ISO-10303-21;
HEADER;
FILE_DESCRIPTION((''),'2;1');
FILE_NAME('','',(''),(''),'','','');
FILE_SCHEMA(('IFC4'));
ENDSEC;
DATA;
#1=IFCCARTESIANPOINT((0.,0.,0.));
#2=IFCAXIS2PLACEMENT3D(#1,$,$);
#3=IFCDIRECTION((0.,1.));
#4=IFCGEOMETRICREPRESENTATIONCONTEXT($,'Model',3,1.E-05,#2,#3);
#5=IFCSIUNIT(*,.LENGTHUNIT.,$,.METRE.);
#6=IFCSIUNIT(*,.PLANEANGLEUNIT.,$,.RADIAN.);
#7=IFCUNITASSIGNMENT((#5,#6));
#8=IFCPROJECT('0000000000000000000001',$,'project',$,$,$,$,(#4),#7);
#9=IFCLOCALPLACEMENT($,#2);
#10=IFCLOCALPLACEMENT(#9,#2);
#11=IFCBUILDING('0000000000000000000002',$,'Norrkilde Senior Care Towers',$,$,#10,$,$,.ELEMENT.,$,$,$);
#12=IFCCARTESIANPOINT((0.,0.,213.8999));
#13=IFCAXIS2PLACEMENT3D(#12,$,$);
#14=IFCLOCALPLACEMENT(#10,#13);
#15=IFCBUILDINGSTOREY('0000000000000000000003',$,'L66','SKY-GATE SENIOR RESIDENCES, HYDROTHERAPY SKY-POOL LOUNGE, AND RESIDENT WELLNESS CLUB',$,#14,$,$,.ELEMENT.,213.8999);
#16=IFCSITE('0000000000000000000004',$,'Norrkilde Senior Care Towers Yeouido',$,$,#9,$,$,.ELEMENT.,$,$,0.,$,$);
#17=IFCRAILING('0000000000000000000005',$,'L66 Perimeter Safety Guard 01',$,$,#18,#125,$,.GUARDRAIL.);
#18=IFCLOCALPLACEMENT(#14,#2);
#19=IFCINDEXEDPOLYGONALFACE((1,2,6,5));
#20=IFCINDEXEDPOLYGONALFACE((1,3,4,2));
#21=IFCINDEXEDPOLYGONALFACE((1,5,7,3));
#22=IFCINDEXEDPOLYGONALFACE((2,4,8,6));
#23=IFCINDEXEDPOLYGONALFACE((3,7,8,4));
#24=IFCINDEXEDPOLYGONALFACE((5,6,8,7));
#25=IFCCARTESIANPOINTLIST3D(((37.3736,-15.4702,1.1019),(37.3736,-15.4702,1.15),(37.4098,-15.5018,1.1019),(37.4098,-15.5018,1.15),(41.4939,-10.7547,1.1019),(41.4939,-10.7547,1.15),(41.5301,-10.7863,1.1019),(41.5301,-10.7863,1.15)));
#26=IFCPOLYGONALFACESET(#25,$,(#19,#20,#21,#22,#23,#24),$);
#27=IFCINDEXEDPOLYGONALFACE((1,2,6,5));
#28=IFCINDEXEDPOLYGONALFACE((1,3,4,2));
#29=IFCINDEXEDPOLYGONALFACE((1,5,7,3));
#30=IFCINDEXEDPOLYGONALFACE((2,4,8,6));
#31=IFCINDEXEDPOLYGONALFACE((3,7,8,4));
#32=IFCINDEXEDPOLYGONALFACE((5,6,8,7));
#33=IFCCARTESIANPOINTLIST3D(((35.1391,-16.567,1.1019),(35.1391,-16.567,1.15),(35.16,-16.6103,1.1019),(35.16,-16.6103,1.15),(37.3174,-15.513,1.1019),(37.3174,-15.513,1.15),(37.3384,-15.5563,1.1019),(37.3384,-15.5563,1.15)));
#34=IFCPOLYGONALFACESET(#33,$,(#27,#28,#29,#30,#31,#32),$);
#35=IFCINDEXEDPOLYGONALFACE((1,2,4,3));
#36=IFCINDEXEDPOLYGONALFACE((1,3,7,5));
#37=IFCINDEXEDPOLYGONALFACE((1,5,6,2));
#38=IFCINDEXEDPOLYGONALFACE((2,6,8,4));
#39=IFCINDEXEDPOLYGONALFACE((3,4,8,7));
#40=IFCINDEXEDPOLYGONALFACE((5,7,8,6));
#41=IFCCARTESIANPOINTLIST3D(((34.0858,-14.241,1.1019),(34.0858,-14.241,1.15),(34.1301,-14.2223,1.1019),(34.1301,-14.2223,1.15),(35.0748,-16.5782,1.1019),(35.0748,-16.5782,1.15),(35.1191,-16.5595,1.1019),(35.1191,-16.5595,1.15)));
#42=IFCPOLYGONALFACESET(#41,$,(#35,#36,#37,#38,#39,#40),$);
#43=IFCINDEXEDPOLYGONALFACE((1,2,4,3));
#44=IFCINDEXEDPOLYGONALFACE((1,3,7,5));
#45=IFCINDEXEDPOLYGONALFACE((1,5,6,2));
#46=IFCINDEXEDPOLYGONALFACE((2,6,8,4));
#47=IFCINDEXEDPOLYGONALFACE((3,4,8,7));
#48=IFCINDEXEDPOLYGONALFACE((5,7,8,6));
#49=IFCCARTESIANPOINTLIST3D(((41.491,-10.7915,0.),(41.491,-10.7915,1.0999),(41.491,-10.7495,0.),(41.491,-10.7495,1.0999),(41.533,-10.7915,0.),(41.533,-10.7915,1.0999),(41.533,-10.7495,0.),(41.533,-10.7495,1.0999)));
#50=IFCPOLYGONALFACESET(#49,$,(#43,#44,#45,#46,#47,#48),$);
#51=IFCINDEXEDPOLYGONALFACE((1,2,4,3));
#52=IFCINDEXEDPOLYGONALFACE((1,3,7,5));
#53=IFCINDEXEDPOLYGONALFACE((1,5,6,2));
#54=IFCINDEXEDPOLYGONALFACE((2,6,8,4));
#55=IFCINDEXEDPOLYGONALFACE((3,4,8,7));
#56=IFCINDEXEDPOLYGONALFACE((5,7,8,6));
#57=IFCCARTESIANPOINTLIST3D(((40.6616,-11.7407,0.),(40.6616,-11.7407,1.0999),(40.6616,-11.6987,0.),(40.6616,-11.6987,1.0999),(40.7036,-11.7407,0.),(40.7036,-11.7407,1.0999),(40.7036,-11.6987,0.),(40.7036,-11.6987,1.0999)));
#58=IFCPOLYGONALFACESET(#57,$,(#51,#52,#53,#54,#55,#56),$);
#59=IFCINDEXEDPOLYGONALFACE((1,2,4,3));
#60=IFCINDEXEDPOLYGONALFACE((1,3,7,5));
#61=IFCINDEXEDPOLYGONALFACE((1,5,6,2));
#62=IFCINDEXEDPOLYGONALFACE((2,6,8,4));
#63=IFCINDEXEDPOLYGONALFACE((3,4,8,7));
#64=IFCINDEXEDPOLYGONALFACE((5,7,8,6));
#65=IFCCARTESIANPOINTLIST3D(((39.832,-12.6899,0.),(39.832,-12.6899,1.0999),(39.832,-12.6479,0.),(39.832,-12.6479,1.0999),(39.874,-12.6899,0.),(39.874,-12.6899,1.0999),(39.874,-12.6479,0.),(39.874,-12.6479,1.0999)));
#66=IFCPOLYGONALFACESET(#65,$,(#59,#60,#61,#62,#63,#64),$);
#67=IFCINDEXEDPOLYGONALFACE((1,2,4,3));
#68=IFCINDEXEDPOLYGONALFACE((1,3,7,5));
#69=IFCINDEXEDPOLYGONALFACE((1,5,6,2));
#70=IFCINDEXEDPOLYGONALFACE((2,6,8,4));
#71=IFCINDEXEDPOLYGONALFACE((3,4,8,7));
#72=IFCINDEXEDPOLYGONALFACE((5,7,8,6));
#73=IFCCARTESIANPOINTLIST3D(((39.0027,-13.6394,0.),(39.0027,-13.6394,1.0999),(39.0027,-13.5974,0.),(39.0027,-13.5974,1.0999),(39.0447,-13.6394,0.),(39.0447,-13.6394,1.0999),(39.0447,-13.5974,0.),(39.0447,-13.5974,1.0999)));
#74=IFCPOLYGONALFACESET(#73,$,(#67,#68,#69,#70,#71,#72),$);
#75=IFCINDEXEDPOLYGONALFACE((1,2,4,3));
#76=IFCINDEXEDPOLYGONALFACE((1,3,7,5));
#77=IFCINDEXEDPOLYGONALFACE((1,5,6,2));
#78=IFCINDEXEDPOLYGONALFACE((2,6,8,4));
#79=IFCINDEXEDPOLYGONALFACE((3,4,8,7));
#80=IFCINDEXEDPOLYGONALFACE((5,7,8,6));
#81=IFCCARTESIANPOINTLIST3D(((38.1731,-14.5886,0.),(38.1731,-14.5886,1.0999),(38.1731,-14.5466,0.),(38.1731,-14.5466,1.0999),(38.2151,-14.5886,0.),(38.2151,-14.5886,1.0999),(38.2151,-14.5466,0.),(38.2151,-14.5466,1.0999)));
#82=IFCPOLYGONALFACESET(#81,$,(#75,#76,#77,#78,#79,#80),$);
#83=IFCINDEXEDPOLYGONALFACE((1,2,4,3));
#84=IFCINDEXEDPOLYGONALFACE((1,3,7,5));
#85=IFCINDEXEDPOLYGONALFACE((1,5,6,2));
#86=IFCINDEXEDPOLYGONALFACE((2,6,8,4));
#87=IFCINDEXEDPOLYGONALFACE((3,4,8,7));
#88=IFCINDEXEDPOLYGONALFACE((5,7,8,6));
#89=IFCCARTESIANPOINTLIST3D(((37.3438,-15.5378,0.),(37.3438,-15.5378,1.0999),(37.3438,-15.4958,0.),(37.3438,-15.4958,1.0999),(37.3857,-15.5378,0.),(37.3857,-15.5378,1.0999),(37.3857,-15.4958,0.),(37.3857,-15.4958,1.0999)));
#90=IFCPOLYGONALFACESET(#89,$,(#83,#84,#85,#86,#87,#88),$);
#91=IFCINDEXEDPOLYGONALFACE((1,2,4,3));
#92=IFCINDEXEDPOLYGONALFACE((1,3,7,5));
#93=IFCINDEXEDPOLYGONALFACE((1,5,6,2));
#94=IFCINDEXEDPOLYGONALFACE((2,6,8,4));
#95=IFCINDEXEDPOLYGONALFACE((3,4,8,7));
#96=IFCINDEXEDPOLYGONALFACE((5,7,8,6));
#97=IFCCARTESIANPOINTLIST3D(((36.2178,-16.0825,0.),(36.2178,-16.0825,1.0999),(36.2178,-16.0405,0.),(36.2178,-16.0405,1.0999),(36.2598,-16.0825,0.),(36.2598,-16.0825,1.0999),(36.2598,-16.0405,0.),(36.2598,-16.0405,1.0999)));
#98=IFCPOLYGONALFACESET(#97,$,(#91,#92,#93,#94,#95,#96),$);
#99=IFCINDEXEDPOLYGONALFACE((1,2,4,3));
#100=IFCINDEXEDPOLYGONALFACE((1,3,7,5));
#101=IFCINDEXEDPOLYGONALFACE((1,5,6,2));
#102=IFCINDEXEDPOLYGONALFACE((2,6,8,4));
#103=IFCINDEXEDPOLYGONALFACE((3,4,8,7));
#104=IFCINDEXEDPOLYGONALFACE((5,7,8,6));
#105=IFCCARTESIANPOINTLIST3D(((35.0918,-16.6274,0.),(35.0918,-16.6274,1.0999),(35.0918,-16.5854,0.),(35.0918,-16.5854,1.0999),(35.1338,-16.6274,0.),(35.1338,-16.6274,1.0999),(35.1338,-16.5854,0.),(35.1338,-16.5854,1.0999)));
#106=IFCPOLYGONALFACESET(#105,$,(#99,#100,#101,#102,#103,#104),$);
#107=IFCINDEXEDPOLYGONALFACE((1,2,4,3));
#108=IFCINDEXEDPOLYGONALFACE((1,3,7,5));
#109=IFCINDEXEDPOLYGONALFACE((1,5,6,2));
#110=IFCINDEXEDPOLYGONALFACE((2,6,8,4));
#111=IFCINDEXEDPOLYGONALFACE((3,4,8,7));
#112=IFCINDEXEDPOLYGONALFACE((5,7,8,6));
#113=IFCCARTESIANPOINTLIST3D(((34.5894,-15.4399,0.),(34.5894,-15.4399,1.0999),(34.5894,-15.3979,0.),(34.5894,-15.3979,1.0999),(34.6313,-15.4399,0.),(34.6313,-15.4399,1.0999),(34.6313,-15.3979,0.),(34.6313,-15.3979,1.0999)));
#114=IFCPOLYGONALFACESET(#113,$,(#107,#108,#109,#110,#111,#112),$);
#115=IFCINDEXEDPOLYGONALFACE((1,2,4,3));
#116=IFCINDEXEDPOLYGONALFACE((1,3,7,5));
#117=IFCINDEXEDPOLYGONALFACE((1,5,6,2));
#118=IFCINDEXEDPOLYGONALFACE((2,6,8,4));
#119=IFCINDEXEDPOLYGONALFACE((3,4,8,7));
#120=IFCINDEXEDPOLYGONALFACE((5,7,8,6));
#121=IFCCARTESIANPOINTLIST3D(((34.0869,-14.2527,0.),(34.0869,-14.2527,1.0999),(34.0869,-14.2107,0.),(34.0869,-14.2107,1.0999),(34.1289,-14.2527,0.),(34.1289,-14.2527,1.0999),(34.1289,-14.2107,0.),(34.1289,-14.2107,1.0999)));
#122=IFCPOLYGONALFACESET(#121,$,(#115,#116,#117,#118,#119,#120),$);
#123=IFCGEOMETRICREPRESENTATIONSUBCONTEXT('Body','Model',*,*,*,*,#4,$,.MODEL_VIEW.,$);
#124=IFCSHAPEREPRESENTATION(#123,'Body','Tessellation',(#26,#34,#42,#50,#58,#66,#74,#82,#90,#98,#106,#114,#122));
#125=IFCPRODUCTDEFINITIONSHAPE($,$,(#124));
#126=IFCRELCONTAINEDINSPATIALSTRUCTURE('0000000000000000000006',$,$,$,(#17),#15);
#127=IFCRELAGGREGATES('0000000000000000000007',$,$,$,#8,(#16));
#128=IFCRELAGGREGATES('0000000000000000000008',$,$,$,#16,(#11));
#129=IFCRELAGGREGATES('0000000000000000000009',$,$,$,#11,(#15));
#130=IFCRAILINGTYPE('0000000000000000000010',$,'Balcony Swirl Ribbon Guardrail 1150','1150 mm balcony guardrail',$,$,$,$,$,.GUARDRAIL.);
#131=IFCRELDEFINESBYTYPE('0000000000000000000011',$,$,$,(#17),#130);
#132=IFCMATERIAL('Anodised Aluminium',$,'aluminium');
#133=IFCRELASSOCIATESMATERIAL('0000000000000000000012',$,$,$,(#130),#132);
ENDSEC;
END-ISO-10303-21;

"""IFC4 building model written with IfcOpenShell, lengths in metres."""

from ifc_helpers import new_model, si_unit, direction, frame, origin, origin_2d, place, context, subcontext, project, spatial, rectangle, extrude, material, type_object, element, save


model = new_model("IFC4")

# Units and contexts
model_context = context("Model", 3, precision=1e-05, world=origin(), true_north=direction((0.0, 1.0)))
body_context = subcontext(model_context, "Body", "Model", "MODEL_VIEW")
ifc_project = project(units=[si_unit("LENGTHUNIT", "METRE"), si_unit("PLANEANGLEUNIT", "RADIAN")], contexts=[model_context])

# Site, building, storey
site_placement = place(None, origin())
site = spatial("IfcSite", under=ifc_project, at=site_placement, Name="Norrkilde Senior Care Towers Yeouido", CompositionType="ELEMENT", RefElevation=0.0)
building_placement = place(site_placement, origin())
building = spatial("IfcBuilding", under=site, at=building_placement, Name="Norrkilde Senior Care Towers", CompositionType="ELEMENT")
storey_placement = place(building_placement, frame((0.0, 0.0, 213.8999)))
storey = spatial("IfcBuildingStorey", under=building, at=storey_placement, Name="L66", Description="SKY-GATE SENIOR RESIDENCES, HYDROTHERAPY SKY-POOL LOUNGE, AND RESIDENT WELLNESS CLUB", CompositionType="ELEMENT", Elevation=213.8999)

# Shared definitions
ifc_material_1 = material(Name="Anodised Aluminium", Category="aluminium")

# Railing
railing_type = type_object("IfcRailingType", Name="Balcony Swirl Ribbon Guardrail 1150", Description="1150 mm balcony guardrail", PredefinedType="GUARDRAIL", material=ifc_material_1)
railing_placement = place(storey_placement, frame((41.512, -10.7705, 0.0)))
element("IfcRailing", 1, at=railing_placement, inside=storey, type_object=railing_type, Name="L66 Perimeter Safety Guard 01", PredefinedType="GUARDRAIL", context=body_context, shape_type="SweptSolid", body=[
    extrude(rectangle(XDim=0.0481, YDim=0.0481, at=origin_2d()), frame((0.0, 0.0, 1.126), z_axis=(-0.657981, -0.753035, 0.0), x_axis=(0.753035, -0.657981, 0.0)), (0.0, 0.0, 1.0), 6.262),
    extrude(rectangle(XDim=0.0481, YDim=0.0481, at=origin_2d()), frame((-4.1841, -4.7642, 1.126), z_axis=(-0.900168, -0.435543, 0.0), x_axis=(0.435543, -0.900168, 0.0)), (0.0, 0.0, 1.0), 2.4199),
    extrude(rectangle(XDim=0.0481, YDim=0.0481, at=origin_2d()), frame((-6.415, -5.7983, 1.126), z_axis=(-0.389699, 0.920942, 0.0), x_axis=(-0.920942, -0.389699, 0.0)), (0.0, 0.0, 1.0), 2.5378),
    extrude(rectangle(XDim=0.042, YDim=0.042, at=origin_2d()), origin(), (0.0, 0.0, 1.0), 1.0999),
    extrude(rectangle(XDim=0.042, YDim=0.042, at=origin_2d()), frame((-0.8293, -0.9492, 0.0)), (0.0, 0.0, 1.0), 1.0999),
    extrude(rectangle(XDim=0.042, YDim=0.042, at=origin_2d()), frame((-1.6589, -1.8984, 0.0)), (0.0, 0.0, 1.0), 1.0999),
    extrude(rectangle(XDim=0.042, YDim=0.042, at=origin_2d()), frame((-2.4883, -2.8479, 0.0)), (0.0, 0.0, 1.0), 1.0999),
    extrude(rectangle(XDim=0.042, YDim=0.042, at=origin_2d()), frame((-3.3179, -3.7971, 0.0)), (0.0, 0.0, 1.0), 1.0999),
    extrude(rectangle(XDim=0.042, YDim=0.042, at=origin_2d()), frame((-4.1472, -4.7463, 0.0)), (0.0, 0.0, 1.0), 1.0999),
    extrude(rectangle(XDim=0.042, YDim=0.042, at=origin_2d()), frame((-5.2732, -5.291, 0.0)), (0.0, 0.0, 1.0), 1.0999),
    extrude(rectangle(XDim=0.042, YDim=0.042, at=origin_2d()), frame((-6.3992, -5.8359, 0.0)), (0.0, 0.0, 1.0), 1.0999),
    extrude(rectangle(XDim=0.042, YDim=0.042, at=origin_2d()), frame((-6.9016, -4.6484, 0.0)), (0.0, 0.0, 1.0), 1.0999),
    extrude(rectangle(XDim=0.042, YDim=0.042, at=origin_2d()), frame((-7.4041, -3.4612, 0.0)), (0.0, 0.0, 1.0), 1.0999),
])

save(model, "model.ifc")
